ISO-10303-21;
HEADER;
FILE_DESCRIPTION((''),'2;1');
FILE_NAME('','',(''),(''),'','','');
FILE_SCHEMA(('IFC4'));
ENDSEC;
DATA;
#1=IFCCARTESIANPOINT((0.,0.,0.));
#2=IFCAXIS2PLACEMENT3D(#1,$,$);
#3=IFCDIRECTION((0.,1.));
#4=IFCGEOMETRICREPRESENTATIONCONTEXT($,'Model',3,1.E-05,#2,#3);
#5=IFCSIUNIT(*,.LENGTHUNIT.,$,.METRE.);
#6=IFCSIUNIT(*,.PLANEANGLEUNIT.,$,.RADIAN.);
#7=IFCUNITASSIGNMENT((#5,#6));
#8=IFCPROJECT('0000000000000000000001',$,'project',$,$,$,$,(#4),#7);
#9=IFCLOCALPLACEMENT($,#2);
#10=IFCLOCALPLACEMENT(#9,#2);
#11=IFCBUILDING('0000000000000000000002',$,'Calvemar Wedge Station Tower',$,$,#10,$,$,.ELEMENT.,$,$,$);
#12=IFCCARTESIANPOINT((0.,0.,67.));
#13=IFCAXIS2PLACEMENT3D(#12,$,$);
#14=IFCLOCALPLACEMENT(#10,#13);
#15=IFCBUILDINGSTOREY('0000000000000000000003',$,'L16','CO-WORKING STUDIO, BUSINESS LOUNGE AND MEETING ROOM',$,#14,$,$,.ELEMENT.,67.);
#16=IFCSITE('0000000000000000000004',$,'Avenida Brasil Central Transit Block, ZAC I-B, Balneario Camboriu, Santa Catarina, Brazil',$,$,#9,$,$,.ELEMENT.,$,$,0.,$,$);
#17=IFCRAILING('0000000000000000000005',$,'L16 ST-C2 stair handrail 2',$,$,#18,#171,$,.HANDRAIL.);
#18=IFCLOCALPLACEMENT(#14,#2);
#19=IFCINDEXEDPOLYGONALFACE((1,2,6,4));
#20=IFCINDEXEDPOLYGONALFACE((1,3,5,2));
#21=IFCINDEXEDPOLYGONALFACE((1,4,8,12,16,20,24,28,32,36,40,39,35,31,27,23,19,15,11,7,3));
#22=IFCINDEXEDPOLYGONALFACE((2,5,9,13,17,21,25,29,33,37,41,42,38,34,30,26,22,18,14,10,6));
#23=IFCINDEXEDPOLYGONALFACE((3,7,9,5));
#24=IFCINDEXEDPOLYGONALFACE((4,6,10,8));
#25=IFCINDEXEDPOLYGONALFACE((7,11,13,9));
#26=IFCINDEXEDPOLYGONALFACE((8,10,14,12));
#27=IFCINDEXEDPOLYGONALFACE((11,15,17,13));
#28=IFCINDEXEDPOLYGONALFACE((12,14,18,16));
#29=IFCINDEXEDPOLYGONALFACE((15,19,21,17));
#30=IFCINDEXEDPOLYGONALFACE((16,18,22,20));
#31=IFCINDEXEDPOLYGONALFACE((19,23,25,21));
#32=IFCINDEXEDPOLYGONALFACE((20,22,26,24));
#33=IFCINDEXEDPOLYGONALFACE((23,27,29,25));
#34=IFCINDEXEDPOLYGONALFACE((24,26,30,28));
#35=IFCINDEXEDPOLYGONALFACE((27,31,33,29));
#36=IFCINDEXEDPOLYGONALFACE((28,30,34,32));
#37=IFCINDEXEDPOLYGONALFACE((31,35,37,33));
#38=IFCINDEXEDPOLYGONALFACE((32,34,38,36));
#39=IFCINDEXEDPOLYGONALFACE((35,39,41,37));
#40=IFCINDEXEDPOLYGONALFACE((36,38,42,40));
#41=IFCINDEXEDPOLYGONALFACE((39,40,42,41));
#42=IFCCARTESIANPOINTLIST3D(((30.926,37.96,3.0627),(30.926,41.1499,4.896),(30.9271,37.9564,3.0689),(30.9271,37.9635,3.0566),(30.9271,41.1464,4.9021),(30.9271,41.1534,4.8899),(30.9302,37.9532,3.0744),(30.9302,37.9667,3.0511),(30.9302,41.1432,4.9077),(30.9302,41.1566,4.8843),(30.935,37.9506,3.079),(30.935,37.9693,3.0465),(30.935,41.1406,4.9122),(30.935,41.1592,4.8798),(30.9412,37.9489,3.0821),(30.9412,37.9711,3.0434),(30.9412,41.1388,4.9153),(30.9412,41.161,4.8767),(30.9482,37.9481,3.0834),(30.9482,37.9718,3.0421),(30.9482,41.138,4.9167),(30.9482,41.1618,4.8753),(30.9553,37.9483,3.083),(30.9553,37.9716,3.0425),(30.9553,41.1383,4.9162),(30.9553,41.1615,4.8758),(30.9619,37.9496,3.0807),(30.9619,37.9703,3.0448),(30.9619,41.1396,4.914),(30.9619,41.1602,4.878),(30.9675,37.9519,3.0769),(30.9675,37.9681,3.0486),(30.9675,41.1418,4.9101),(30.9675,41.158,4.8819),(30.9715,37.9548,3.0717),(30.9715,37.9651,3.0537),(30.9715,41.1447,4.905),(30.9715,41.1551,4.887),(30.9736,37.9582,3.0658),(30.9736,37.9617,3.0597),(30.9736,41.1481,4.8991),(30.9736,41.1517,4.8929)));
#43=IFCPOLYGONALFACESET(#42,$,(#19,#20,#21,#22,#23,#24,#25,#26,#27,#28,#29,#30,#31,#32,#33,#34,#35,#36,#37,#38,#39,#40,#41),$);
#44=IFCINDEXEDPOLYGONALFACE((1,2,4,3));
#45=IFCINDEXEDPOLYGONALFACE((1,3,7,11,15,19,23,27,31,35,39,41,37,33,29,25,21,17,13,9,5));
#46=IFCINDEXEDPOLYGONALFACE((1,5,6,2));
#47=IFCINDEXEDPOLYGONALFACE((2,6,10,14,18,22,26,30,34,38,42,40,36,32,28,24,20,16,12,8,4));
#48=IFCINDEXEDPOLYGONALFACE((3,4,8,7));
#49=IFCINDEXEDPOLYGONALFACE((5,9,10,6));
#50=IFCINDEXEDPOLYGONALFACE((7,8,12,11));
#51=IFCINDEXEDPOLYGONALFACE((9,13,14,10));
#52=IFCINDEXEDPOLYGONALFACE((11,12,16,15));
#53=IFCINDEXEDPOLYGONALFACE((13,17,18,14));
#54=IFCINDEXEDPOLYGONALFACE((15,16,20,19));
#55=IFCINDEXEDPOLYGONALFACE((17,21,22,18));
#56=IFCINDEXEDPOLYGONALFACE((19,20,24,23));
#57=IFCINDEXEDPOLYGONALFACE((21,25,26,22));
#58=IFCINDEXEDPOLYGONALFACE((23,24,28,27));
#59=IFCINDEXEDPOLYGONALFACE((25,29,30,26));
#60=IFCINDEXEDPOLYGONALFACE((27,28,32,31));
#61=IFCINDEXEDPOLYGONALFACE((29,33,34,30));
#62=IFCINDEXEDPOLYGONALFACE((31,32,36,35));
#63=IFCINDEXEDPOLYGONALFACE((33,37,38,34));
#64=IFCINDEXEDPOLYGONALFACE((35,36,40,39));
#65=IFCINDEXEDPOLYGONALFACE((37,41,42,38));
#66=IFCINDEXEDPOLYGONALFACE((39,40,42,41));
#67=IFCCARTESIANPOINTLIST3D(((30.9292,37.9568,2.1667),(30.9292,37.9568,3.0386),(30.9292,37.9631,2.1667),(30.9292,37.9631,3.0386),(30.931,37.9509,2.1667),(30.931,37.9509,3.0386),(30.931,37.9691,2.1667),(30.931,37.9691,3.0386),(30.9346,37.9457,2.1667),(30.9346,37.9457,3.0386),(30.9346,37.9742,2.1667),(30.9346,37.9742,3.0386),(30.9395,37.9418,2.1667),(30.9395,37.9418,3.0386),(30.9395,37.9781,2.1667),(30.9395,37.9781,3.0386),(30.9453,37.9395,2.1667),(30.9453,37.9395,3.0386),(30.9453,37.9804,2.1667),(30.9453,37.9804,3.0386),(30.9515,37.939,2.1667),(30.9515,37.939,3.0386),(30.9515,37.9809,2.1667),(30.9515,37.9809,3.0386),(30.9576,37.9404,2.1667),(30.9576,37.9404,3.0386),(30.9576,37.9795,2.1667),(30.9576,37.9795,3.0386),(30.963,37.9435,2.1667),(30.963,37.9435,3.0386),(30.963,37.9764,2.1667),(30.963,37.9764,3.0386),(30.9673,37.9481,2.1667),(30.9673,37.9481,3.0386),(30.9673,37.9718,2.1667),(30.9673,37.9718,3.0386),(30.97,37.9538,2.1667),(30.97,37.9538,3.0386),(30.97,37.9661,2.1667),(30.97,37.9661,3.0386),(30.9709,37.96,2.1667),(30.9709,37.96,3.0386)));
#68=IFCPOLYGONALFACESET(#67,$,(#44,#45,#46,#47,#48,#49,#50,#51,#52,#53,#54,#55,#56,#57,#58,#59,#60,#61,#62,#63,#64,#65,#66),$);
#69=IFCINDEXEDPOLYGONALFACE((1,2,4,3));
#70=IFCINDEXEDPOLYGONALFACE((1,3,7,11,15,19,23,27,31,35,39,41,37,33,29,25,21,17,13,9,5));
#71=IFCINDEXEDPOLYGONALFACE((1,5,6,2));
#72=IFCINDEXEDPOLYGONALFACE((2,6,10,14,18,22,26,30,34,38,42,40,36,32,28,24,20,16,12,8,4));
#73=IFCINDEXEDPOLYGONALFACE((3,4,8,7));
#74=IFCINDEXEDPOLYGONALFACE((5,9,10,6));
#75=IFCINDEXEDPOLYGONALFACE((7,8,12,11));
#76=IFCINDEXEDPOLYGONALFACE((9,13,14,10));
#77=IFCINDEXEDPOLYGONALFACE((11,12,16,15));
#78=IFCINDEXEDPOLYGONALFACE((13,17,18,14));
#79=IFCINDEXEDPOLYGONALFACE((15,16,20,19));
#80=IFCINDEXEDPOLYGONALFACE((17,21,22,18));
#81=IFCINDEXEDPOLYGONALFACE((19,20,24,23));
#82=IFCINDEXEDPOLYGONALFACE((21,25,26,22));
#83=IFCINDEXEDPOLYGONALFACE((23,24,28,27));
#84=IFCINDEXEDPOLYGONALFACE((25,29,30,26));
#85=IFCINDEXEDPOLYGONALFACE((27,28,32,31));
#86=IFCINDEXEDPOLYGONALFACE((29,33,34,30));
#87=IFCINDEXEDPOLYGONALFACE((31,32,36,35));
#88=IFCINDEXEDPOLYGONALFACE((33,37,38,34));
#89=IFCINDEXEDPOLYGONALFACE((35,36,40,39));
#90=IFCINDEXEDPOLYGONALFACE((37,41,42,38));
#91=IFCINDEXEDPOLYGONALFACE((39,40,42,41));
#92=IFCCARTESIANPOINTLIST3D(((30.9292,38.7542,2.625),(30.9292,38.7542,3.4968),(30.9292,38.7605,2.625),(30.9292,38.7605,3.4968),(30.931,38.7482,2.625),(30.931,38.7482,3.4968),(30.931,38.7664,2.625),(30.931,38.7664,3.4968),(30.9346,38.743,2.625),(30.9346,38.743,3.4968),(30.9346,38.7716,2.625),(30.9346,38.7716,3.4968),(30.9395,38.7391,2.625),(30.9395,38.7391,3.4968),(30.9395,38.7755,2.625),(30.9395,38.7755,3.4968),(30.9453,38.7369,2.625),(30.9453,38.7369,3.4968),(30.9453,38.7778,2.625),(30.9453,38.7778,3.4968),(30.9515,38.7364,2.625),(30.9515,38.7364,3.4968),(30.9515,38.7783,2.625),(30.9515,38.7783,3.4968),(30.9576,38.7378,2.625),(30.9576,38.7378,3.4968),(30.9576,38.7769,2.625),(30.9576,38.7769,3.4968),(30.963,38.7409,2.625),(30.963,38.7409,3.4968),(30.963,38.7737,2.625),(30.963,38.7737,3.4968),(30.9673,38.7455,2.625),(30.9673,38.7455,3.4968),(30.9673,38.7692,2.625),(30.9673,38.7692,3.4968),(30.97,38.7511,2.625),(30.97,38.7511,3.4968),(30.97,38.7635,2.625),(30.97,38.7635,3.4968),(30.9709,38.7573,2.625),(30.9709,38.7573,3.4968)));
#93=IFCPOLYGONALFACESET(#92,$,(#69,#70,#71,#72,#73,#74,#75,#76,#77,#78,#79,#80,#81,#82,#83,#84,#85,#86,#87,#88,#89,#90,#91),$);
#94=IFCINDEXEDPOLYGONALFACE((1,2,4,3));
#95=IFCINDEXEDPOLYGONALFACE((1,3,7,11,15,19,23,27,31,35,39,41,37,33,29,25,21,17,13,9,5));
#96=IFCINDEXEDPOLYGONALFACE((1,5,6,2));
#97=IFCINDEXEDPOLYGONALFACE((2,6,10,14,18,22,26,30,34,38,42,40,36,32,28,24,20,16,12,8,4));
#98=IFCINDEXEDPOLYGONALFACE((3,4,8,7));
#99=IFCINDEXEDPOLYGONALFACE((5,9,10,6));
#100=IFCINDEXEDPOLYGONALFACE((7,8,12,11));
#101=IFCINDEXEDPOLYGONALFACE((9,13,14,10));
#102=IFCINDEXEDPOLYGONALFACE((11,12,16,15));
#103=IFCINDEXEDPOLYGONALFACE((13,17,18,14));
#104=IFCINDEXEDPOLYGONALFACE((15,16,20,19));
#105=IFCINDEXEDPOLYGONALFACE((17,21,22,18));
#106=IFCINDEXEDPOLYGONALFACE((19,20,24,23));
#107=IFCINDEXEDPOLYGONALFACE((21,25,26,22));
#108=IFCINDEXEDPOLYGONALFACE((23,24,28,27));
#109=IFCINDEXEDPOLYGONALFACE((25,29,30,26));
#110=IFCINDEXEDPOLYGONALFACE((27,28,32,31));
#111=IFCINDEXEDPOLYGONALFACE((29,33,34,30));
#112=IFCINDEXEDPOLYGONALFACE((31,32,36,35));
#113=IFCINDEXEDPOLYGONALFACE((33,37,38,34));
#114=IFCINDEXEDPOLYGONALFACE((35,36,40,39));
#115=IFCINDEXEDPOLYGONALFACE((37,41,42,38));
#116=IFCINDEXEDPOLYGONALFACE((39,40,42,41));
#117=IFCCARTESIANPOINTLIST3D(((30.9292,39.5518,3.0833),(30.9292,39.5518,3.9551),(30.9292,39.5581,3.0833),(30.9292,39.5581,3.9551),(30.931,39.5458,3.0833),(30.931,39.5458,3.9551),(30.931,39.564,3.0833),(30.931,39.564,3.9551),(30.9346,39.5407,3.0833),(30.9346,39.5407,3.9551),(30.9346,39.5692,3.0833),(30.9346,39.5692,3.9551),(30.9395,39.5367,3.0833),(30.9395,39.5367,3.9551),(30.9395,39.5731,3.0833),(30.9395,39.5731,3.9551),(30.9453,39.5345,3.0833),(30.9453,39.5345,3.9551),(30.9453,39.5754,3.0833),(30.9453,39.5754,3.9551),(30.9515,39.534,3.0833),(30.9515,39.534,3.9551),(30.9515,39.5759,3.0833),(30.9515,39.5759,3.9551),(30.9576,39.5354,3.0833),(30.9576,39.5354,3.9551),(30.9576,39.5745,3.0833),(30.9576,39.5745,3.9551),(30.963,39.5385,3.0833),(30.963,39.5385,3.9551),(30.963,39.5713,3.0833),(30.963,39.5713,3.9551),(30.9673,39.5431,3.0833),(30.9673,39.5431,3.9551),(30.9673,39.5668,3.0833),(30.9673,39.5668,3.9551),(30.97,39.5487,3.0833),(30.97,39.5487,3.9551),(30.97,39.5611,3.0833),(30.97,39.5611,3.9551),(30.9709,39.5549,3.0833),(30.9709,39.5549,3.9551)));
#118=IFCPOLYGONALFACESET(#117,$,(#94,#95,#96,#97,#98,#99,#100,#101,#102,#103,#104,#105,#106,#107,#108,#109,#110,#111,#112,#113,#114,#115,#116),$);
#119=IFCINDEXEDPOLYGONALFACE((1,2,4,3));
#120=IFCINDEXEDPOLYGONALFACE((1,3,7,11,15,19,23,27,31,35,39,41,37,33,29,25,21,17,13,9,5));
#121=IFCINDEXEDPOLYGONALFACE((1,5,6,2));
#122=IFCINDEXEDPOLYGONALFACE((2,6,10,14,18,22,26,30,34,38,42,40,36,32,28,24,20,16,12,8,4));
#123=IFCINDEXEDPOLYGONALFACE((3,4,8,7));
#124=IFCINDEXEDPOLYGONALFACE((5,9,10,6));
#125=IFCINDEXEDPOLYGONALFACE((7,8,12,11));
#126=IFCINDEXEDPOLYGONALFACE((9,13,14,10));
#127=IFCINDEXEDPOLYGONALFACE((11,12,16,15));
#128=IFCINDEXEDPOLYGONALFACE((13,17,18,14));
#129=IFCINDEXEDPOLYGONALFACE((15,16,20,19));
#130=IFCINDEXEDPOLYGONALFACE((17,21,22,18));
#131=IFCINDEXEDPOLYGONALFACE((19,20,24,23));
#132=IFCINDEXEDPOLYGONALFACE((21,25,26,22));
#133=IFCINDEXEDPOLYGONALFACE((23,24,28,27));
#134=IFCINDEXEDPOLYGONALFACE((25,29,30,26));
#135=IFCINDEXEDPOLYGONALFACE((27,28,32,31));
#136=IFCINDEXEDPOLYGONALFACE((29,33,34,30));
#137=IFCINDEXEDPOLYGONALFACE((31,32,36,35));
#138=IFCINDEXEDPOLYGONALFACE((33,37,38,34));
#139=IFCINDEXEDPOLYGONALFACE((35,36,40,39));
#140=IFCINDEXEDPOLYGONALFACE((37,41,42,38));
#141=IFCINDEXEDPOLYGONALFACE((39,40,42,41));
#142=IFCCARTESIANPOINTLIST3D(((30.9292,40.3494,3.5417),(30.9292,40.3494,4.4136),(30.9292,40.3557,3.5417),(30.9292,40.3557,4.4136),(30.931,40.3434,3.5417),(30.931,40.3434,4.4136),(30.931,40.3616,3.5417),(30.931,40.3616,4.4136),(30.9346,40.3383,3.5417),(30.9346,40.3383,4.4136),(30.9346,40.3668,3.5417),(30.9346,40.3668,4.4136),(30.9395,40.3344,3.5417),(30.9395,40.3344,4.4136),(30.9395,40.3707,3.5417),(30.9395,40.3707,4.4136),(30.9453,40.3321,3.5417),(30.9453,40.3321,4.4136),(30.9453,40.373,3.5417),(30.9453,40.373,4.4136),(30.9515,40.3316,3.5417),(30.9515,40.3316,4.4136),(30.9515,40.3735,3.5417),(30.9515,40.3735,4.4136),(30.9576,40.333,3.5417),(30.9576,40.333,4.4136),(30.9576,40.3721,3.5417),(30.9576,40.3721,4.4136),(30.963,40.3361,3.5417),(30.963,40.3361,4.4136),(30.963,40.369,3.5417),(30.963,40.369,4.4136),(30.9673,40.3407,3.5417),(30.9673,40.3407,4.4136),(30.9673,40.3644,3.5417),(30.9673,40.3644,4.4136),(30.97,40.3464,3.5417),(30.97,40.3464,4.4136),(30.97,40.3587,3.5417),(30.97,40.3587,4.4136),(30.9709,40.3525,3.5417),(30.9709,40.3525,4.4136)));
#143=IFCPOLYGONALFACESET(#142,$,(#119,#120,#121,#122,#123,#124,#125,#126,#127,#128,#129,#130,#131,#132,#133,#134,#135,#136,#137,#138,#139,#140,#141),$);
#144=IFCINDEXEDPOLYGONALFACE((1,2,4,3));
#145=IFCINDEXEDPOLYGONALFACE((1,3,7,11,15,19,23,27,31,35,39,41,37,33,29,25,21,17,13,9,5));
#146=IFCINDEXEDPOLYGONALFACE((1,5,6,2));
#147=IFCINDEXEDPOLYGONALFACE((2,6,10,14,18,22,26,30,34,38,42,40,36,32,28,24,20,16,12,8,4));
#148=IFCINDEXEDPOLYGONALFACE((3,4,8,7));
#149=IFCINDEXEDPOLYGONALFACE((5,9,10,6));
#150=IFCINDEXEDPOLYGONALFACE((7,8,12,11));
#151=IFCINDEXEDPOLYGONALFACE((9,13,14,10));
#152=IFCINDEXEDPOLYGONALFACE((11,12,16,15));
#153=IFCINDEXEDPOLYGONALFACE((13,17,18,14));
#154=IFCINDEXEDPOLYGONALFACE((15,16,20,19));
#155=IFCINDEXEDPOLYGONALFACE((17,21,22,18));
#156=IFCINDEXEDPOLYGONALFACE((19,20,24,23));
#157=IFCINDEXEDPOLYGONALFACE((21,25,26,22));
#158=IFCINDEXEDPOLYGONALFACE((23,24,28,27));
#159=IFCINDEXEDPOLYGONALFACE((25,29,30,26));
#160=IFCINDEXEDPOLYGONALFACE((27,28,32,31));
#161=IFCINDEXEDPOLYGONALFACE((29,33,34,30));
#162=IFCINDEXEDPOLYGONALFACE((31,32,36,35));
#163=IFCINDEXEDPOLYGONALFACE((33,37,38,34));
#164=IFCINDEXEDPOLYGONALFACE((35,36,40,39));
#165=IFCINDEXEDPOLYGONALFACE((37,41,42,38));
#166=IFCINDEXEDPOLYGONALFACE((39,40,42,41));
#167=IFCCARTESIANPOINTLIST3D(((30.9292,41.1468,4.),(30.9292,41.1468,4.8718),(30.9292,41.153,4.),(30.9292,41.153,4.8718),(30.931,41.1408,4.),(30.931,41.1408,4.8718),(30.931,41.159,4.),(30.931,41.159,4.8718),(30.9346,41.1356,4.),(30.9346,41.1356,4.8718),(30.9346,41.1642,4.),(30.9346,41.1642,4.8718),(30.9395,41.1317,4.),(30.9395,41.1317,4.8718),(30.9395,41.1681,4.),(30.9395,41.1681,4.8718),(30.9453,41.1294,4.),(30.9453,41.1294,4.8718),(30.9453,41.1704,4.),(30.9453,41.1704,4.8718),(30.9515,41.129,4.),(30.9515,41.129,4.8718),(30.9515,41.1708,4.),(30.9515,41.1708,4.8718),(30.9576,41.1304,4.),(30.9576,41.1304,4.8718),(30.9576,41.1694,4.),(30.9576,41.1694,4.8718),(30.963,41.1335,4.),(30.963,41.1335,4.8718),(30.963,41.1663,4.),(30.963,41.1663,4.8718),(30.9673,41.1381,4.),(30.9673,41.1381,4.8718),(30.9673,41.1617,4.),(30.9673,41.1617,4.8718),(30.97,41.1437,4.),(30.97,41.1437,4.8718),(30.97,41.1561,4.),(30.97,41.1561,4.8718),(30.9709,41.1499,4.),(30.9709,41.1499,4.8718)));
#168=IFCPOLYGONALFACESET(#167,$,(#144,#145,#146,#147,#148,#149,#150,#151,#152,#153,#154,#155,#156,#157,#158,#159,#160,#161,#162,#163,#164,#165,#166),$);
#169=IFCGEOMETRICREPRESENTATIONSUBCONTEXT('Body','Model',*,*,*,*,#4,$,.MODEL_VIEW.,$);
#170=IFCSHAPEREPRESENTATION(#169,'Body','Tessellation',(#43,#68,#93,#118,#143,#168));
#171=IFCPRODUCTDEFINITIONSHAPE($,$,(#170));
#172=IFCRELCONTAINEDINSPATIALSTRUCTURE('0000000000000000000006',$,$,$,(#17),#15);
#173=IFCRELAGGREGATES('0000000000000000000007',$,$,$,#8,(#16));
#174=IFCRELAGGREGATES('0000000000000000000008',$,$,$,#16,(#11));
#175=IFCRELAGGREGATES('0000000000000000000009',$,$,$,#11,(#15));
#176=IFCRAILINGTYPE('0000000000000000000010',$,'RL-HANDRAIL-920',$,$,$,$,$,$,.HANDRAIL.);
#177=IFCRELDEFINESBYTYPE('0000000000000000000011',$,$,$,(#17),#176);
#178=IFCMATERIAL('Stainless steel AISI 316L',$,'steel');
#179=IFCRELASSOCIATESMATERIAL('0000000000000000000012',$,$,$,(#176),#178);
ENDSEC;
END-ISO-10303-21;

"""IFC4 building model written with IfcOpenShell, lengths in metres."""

from ifc_helpers import new_model, si_unit, direction, frame, origin, origin_2d, place, context, subcontext, project, spatial, circle, extrude, material, type_object, element, save


model = new_model("IFC4")

# Units and contexts
model_context = context("Model", 3, precision=1e-05, world=origin(), true_north=direction((0.0, 1.0)))
body_context = subcontext(model_context, "Body", "Model", "MODEL_VIEW")
ifc_project = project(units=[si_unit("LENGTHUNIT", "METRE"), si_unit("PLANEANGLEUNIT", "RADIAN")], contexts=[model_context])

# Site, building, storey
site_placement = place(None, origin())
site = spatial("IfcSite", under=ifc_project, at=site_placement, Name="Avenida Brasil Central Transit Block, ZAC I-B, Balneario Camboriu, Santa Catarina, Brazil", CompositionType="ELEMENT", RefElevation=0.0)
building_placement = place(site_placement, origin())
building = spatial("IfcBuilding", under=site, at=building_placement, Name="Calvemar Wedge Station Tower", CompositionType="ELEMENT")
storey_placement = place(building_placement, frame((0.0, 0.0, 67.0)))
storey = spatial("IfcBuildingStorey", under=building, at=storey_placement, Name="L16", Description="CO-WORKING STUDIO, BUSINESS LOUNGE AND MEETING ROOM", CompositionType="ELEMENT", Elevation=67.0)

# Railing
ifc_material_1 = material(Name="Stainless steel AISI 316L", Category="steel")
railing_type_1 = type_object("IfcRailingType", Name="RL-HANDRAIL-920", PredefinedType="HANDRAIL", material=ifc_material_1)
railing_1_placement = place(storey_placement, frame((30.95, 37.96, 2.1667)))
element("IfcRailing", 1, at=railing_1_placement, inside=storey, type_object=railing_type_1, Name="L16 ST-C2 stair handrail 2", PredefinedType="HANDRAIL", context=body_context, shape_type="SweptSolid", body=[
    extrude(circle(Radius=0.0239, at=origin_2d()), frame((0.0, 0.0, 0.896), z_axis=(0.0, 0.86702, 0.498274), x_axis=(-1.0, 0.0, 0.0)), (0.0, 0.0, 1.0), 3.6792),
    extrude(circle(Radius=0.021, at=origin_2d()), origin(), (0.0, 0.0, 1.0), 0.8718),
    extrude(circle(Radius=0.021, at=origin_2d()), frame((0.0, 0.7974, 0.4583)), (0.0, 0.0, 1.0), 0.8718),
    extrude(circle(Radius=0.021, at=origin_2d()), frame((0.0, 1.595, 0.9165)), (0.0, 0.0, 1.0), 0.8718),
    extrude(circle(Radius=0.021, at=origin_2d()), frame((0.0, 2.3926, 1.375)), (0.0, 0.0, 1.0), 0.8718),
    extrude(circle(Radius=0.021, at=origin_2d()), frame((0.0, 3.1899, 1.8333)), (0.0, 0.0, 1.0), 0.8718),
])

save(model, "model.ifc")
